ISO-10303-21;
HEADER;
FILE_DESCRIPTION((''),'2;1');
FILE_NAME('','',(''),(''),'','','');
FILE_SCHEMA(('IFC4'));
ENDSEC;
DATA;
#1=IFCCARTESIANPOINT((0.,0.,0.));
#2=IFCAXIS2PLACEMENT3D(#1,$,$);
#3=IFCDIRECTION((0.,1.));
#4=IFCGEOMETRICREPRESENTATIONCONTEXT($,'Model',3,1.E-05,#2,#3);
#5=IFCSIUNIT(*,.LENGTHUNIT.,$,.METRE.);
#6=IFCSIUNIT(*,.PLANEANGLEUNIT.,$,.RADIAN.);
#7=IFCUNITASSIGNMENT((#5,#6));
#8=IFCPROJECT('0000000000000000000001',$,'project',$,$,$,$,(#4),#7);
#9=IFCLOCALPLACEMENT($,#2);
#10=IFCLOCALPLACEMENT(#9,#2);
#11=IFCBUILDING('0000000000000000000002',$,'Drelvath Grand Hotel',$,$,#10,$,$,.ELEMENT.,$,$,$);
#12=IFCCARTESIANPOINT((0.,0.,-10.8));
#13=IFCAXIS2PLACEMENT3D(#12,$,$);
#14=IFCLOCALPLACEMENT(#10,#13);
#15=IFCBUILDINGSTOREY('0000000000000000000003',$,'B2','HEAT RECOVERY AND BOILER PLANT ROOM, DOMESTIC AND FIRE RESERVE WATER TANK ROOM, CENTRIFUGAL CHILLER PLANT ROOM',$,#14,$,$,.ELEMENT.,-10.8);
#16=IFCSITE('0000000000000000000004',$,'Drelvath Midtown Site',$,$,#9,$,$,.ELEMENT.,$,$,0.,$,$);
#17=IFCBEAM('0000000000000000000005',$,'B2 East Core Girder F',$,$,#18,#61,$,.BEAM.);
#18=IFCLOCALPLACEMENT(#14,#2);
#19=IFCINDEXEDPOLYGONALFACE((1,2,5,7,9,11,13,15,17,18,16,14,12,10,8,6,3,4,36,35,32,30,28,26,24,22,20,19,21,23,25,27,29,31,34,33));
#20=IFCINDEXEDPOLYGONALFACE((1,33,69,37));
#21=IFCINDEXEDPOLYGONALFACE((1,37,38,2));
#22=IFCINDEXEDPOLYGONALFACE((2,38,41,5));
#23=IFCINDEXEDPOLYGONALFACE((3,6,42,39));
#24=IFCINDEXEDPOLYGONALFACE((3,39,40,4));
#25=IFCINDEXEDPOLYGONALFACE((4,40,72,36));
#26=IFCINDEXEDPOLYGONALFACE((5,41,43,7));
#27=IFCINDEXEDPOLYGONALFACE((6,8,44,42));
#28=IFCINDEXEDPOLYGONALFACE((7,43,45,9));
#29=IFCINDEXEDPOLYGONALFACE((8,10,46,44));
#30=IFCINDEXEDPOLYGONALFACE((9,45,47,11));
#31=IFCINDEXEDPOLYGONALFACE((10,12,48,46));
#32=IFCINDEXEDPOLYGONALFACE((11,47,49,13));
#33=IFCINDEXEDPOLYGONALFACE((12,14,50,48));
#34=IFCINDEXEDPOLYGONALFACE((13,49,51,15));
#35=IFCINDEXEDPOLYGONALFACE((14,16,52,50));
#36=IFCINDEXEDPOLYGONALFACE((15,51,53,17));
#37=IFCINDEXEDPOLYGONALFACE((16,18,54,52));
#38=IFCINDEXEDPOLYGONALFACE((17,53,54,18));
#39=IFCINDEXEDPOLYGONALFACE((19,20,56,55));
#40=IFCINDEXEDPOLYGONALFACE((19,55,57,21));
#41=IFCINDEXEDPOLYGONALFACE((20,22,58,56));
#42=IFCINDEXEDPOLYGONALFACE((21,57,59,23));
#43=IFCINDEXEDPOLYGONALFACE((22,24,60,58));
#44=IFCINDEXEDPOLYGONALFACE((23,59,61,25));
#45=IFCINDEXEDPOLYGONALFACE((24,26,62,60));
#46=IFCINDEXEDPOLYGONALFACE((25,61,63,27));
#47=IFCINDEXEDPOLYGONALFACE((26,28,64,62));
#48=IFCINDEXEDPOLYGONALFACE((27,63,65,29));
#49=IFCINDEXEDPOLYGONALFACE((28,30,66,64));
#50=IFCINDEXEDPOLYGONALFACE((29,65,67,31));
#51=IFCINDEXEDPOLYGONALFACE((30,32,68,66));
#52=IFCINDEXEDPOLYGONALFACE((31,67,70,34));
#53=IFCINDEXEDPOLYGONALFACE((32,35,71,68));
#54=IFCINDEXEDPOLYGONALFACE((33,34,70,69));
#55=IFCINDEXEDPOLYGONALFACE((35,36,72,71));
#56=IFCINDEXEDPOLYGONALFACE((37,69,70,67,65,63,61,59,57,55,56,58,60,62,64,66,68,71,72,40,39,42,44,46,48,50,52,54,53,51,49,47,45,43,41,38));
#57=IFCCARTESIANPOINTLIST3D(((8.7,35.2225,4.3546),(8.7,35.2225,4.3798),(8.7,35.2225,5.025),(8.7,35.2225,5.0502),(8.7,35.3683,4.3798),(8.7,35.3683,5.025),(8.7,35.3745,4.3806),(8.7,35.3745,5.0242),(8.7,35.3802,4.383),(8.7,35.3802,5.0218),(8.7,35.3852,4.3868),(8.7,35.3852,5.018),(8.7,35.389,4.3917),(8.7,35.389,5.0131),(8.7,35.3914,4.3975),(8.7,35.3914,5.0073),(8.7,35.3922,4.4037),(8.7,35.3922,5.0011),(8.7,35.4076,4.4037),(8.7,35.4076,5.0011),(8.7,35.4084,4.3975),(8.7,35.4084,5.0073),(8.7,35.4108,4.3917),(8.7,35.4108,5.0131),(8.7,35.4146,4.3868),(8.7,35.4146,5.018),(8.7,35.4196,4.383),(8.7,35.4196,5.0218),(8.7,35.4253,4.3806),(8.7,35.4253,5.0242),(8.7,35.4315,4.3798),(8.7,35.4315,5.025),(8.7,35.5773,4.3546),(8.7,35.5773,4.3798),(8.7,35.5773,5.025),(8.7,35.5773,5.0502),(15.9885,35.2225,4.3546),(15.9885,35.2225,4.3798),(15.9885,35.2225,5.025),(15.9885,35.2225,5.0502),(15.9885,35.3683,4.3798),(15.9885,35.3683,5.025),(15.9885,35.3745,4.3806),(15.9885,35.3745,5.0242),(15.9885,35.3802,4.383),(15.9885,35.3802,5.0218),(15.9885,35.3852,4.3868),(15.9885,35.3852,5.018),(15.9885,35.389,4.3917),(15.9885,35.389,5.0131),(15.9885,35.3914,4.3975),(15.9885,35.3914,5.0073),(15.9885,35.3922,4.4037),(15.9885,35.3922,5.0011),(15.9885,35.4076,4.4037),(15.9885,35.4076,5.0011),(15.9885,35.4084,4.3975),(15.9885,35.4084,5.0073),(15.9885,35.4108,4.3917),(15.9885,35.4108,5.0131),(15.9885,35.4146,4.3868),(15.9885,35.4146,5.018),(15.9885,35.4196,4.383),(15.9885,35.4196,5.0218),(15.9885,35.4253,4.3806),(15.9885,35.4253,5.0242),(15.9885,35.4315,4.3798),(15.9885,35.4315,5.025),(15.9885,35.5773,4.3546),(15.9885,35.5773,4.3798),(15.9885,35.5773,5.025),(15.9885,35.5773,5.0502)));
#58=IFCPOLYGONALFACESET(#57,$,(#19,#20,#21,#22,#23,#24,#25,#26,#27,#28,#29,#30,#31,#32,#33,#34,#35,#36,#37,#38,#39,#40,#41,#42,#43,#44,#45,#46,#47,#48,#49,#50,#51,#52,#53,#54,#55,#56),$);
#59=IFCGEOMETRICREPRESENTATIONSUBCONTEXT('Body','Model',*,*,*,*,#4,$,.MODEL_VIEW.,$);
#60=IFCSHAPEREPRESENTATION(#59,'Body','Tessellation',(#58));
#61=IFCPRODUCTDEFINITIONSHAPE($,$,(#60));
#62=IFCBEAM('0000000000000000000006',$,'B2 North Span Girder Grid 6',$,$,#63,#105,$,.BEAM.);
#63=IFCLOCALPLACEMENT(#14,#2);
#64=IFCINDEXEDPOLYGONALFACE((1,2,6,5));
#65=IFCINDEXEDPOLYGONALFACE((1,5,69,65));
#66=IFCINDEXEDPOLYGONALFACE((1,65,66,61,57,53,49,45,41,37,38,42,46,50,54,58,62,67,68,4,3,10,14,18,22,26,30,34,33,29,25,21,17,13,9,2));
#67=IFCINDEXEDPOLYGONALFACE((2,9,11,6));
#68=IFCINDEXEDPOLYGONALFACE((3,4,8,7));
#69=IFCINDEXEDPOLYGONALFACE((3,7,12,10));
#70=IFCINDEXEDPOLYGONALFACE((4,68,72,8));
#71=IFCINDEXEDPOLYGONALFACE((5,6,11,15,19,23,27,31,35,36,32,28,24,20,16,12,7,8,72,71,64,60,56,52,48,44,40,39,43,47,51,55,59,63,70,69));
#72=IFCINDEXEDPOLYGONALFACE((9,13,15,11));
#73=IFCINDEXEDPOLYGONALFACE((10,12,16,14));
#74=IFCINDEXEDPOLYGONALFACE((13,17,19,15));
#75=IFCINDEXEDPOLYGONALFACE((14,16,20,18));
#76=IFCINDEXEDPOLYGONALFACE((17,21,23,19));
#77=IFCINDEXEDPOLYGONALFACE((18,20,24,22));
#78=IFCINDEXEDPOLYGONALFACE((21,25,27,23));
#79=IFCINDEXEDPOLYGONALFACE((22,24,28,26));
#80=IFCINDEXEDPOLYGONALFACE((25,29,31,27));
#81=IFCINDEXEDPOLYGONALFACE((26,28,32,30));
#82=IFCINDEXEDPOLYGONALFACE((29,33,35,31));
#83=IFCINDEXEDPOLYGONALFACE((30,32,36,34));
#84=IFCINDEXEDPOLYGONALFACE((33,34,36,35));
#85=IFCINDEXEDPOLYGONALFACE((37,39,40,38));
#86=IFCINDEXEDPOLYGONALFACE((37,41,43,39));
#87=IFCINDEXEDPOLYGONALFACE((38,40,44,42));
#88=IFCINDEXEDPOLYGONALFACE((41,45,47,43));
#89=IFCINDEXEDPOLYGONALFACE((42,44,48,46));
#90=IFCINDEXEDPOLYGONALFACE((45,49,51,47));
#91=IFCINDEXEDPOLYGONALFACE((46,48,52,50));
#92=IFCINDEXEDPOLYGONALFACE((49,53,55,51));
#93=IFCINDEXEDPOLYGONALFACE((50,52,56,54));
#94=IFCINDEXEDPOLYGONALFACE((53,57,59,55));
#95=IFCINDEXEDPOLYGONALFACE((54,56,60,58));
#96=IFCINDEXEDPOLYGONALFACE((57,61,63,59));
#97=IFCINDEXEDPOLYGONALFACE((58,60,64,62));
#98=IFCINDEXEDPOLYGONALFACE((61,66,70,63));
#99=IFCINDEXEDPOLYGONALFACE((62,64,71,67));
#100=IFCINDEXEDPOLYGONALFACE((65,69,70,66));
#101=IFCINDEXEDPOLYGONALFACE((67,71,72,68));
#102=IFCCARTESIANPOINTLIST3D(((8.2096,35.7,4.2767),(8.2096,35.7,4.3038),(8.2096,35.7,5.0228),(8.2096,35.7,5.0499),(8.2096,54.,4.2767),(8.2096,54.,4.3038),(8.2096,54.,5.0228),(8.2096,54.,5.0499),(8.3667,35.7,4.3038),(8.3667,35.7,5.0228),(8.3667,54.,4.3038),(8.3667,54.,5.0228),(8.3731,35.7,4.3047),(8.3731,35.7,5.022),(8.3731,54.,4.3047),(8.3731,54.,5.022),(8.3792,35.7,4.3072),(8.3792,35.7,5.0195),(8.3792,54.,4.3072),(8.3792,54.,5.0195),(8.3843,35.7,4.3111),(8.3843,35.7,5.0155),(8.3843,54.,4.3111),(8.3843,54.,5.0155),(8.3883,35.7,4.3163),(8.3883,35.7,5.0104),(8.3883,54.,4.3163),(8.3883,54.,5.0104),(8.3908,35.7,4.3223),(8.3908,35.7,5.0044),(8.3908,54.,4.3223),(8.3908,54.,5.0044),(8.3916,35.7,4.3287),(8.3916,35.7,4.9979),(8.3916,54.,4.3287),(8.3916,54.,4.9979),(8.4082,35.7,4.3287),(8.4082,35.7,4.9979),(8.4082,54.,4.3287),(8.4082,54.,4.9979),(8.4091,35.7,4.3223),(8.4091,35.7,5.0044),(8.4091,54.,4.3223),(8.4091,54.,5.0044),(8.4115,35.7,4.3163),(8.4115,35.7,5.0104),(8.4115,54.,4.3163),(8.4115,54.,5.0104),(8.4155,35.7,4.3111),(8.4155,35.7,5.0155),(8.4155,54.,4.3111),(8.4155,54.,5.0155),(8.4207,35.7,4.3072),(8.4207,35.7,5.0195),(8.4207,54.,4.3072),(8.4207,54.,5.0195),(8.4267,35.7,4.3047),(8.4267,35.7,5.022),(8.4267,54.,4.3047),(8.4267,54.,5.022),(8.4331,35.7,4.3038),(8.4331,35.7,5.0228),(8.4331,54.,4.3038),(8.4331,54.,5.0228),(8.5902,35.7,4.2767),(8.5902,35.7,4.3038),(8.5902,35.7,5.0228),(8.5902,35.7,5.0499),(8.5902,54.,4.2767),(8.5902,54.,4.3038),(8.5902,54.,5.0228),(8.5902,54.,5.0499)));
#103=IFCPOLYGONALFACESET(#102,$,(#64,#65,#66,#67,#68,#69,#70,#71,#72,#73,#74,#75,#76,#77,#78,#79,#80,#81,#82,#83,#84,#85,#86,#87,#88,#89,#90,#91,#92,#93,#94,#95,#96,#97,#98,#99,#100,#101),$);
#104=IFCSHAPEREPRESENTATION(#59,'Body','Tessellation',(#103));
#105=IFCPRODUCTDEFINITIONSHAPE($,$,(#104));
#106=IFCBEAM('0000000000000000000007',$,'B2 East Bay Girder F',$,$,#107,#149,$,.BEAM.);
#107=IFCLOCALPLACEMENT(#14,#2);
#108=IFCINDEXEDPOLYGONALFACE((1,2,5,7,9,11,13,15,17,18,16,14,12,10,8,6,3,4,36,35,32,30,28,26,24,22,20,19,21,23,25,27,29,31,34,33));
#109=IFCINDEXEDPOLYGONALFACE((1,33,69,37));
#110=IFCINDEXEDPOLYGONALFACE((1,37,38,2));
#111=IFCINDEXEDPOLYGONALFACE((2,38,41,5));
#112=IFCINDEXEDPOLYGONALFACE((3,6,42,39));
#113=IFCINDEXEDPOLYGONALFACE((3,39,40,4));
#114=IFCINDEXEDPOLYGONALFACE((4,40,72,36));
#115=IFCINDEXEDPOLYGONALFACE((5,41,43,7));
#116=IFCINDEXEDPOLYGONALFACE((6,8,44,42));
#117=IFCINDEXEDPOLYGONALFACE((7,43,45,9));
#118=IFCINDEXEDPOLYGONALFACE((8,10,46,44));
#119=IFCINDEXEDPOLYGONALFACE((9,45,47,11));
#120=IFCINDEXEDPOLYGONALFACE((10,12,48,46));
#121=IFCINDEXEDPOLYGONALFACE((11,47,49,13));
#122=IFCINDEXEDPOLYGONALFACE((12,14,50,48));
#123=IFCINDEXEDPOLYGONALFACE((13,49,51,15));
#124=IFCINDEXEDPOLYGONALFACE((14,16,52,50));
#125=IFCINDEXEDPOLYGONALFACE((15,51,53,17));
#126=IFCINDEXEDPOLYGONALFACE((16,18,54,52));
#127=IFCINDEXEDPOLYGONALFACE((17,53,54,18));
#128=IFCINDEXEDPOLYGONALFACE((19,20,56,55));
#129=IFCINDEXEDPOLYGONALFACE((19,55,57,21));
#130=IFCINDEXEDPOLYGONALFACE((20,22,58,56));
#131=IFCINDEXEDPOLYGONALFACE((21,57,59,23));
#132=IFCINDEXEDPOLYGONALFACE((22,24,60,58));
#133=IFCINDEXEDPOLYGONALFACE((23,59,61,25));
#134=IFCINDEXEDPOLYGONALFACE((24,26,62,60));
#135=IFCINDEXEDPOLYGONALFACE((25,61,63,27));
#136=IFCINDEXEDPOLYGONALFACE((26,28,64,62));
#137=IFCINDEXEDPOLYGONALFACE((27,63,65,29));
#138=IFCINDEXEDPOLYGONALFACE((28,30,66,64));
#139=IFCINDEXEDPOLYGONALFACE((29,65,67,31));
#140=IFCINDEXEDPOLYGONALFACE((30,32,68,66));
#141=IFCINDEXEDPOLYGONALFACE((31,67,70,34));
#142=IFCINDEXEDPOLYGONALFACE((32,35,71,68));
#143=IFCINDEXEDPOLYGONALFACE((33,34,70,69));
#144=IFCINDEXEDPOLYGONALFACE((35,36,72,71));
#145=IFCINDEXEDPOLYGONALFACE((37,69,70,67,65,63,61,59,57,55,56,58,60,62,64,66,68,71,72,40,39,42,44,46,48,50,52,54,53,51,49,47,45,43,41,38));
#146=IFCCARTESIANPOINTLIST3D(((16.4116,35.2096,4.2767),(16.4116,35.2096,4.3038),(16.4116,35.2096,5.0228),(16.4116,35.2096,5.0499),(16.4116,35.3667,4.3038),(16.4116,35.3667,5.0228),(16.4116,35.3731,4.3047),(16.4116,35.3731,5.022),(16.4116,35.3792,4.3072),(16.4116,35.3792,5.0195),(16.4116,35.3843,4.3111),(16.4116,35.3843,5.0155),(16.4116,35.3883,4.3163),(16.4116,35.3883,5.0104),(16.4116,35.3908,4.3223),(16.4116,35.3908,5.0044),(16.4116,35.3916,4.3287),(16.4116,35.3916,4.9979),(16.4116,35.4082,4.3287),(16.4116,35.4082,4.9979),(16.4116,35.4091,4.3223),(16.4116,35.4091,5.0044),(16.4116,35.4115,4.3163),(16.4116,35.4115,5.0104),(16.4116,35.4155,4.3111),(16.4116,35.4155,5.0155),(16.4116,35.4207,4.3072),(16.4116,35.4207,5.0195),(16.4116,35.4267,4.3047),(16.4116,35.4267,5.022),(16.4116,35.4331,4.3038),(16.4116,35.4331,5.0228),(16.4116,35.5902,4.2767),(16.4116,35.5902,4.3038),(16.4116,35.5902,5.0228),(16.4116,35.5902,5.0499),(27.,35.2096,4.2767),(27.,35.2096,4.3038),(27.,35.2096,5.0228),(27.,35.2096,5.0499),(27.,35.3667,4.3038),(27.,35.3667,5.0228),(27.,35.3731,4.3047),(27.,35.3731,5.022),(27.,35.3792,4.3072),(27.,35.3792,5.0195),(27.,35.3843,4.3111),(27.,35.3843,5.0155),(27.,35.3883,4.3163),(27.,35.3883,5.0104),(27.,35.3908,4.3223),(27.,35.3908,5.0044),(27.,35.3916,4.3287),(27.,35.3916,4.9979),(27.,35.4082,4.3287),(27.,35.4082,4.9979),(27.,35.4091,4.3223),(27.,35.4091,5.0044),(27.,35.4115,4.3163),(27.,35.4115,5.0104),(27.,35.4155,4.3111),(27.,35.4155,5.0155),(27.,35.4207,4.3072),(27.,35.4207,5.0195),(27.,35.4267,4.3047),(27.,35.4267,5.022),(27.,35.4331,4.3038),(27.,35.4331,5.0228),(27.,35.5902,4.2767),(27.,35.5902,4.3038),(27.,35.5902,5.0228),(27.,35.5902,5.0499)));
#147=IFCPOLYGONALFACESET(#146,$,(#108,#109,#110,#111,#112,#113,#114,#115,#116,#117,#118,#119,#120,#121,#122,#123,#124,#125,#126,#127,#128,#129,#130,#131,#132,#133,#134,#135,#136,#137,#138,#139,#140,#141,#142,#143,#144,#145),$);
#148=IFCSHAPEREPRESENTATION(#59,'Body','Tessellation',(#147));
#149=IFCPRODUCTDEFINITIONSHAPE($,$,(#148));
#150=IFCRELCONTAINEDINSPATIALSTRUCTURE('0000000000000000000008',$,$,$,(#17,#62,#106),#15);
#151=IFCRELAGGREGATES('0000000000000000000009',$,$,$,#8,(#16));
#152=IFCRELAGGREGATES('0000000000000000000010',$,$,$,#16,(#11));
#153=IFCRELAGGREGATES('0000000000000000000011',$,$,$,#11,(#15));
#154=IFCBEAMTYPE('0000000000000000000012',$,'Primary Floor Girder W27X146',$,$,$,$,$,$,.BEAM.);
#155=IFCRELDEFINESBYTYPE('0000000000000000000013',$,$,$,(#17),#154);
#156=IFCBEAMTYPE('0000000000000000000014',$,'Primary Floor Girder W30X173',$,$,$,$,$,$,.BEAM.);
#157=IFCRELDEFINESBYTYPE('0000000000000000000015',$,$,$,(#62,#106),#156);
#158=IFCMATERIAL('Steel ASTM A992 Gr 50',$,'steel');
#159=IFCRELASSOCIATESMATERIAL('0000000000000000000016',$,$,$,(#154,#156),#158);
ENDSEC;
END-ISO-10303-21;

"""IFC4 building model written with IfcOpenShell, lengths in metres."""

from ifc_helpers import new_model, si_unit, direction, frame, origin, origin_2d, place, context, subcontext, project, spatial, i_section, extrude, material, material_profile, profile_set, type_object, element, save


model = new_model("IFC4")

# Units and contexts
model_context = context("Model", 3, precision=1e-05, world=origin(), true_north=direction((0.0, 1.0)))
body_context = subcontext(model_context, "Body", "Model", "MODEL_VIEW")
ifc_project = project(units=[si_unit("LENGTHUNIT", "METRE"), si_unit("PLANEANGLEUNIT", "RADIAN")], contexts=[model_context])

# Site, building, storey
site_placement = place(None, origin())
site = spatial("IfcSite", under=ifc_project, at=site_placement, Name="Drelvath Midtown Site", CompositionType="ELEMENT", RefElevation=0.0)
building_placement = place(site_placement, origin())
building = spatial("IfcBuilding", under=site, at=building_placement, Name="Drelvath Grand Hotel", CompositionType="ELEMENT")
storey_placement = place(building_placement, frame((0.0, 0.0, -10.8)))
storey = spatial("IfcBuildingStorey", under=building, at=storey_placement, Name="B2", Description="HEAT RECOVERY AND BOILER PLANT ROOM, DOMESTIC AND FIRE RESERVE WATER TANK ROOM, CENTRIFUGAL CHILLER PLANT ROOM", CompositionType="ELEMENT", Elevation=-10.8)

# Beams
ifc_material_1 = material(Name="Steel ASTM A992 Gr 50", Category="steel")
ifc_material_profile_1 = material_profile(ifc_material_1, i_section(OverallWidth=0.3547, OverallDepth=0.6956, WebThickness=0.0154, FlangeThickness=0.0251, FilletRadius=0.0239, at=origin_2d()), Name="W27X146")
ifc_profile_set_1 = profile_set([ifc_material_profile_1], Name="Steel ASTM A992 Gr 50")
beam_type_1 = type_object("IfcBeamType", Name="Primary Floor Girder W27X146", PredefinedType="BEAM", material=ifc_profile_set_1)
beam_1_placement = place(storey_placement, frame((8.7, 35.3999, 4.7024), z_axis=(1.0, 0.0, 0.0), x_axis=(0.0, 1.0, 0.0)))
element("IfcBeam", 1, at=beam_1_placement, inside=storey, type_object=beam_type_1, Name="B2 East Core Girder F", PredefinedType="BEAM", context=body_context, shape_type="SweptSolid", body=[
    extrude(i_section(OverallWidth=0.3547, OverallDepth=0.6956, WebThickness=0.0154, FlangeThickness=0.0251, FilletRadius=0.0239, at=origin_2d()), origin(), (0.0, 0.0, 1.0), 7.2886),
])
ifc_material_profile_2 = material_profile(ifc_material_1, i_section(OverallWidth=0.3806, OverallDepth=0.7732, WebThickness=0.0166, FlangeThickness=0.0271, FilletRadius=0.0249, at=origin_2d()), Name="W30X173")
ifc_profile_set_2 = profile_set([ifc_material_profile_2], Name="Steel ASTM A992 Gr 50")
beam_type_2 = type_object("IfcBeamType", Name="Primary Floor Girder W30X173", PredefinedType="BEAM", material=ifc_profile_set_2)
beam_2_placement = place(storey_placement, frame((8.3999, 35.7, 4.6633), z_axis=(0.0, 1.0, 0.0), x_axis=(-1.0, 0.0, 0.0)))
element("IfcBeam", 2, at=beam_2_placement, inside=storey, type_object=beam_type_2, Name="B2 North Span Girder Grid 6", PredefinedType="BEAM", context=body_context, shape_type="SweptSolid", body=[
    extrude(i_section(OverallWidth=0.3806, OverallDepth=0.7732, WebThickness=0.0166, FlangeThickness=0.0271, FilletRadius=0.0249, at=origin_2d()), origin(), (0.0, 0.0, 1.0), 18.3),
])
beam_3_placement = place(storey_placement, frame((16.4116, 35.3999, 4.6633), z_axis=(1.0, 0.0, 0.0), x_axis=(0.0, 1.0, 0.0)))
element("IfcBeam", 3, at=beam_3_placement, inside=storey, type_object=beam_type_2, Name="B2 East Bay Girder F", PredefinedType="BEAM", context=body_context, shape_type="SweptSolid", body=[
    extrude(i_section(OverallWidth=0.3806, OverallDepth=0.7732, WebThickness=0.0166, FlangeThickness=0.0271, FilletRadius=0.0249, at=origin_2d()), origin(), (0.0, 0.0, 1.0), 10.5884),
])

save(model, "model.ifc")
